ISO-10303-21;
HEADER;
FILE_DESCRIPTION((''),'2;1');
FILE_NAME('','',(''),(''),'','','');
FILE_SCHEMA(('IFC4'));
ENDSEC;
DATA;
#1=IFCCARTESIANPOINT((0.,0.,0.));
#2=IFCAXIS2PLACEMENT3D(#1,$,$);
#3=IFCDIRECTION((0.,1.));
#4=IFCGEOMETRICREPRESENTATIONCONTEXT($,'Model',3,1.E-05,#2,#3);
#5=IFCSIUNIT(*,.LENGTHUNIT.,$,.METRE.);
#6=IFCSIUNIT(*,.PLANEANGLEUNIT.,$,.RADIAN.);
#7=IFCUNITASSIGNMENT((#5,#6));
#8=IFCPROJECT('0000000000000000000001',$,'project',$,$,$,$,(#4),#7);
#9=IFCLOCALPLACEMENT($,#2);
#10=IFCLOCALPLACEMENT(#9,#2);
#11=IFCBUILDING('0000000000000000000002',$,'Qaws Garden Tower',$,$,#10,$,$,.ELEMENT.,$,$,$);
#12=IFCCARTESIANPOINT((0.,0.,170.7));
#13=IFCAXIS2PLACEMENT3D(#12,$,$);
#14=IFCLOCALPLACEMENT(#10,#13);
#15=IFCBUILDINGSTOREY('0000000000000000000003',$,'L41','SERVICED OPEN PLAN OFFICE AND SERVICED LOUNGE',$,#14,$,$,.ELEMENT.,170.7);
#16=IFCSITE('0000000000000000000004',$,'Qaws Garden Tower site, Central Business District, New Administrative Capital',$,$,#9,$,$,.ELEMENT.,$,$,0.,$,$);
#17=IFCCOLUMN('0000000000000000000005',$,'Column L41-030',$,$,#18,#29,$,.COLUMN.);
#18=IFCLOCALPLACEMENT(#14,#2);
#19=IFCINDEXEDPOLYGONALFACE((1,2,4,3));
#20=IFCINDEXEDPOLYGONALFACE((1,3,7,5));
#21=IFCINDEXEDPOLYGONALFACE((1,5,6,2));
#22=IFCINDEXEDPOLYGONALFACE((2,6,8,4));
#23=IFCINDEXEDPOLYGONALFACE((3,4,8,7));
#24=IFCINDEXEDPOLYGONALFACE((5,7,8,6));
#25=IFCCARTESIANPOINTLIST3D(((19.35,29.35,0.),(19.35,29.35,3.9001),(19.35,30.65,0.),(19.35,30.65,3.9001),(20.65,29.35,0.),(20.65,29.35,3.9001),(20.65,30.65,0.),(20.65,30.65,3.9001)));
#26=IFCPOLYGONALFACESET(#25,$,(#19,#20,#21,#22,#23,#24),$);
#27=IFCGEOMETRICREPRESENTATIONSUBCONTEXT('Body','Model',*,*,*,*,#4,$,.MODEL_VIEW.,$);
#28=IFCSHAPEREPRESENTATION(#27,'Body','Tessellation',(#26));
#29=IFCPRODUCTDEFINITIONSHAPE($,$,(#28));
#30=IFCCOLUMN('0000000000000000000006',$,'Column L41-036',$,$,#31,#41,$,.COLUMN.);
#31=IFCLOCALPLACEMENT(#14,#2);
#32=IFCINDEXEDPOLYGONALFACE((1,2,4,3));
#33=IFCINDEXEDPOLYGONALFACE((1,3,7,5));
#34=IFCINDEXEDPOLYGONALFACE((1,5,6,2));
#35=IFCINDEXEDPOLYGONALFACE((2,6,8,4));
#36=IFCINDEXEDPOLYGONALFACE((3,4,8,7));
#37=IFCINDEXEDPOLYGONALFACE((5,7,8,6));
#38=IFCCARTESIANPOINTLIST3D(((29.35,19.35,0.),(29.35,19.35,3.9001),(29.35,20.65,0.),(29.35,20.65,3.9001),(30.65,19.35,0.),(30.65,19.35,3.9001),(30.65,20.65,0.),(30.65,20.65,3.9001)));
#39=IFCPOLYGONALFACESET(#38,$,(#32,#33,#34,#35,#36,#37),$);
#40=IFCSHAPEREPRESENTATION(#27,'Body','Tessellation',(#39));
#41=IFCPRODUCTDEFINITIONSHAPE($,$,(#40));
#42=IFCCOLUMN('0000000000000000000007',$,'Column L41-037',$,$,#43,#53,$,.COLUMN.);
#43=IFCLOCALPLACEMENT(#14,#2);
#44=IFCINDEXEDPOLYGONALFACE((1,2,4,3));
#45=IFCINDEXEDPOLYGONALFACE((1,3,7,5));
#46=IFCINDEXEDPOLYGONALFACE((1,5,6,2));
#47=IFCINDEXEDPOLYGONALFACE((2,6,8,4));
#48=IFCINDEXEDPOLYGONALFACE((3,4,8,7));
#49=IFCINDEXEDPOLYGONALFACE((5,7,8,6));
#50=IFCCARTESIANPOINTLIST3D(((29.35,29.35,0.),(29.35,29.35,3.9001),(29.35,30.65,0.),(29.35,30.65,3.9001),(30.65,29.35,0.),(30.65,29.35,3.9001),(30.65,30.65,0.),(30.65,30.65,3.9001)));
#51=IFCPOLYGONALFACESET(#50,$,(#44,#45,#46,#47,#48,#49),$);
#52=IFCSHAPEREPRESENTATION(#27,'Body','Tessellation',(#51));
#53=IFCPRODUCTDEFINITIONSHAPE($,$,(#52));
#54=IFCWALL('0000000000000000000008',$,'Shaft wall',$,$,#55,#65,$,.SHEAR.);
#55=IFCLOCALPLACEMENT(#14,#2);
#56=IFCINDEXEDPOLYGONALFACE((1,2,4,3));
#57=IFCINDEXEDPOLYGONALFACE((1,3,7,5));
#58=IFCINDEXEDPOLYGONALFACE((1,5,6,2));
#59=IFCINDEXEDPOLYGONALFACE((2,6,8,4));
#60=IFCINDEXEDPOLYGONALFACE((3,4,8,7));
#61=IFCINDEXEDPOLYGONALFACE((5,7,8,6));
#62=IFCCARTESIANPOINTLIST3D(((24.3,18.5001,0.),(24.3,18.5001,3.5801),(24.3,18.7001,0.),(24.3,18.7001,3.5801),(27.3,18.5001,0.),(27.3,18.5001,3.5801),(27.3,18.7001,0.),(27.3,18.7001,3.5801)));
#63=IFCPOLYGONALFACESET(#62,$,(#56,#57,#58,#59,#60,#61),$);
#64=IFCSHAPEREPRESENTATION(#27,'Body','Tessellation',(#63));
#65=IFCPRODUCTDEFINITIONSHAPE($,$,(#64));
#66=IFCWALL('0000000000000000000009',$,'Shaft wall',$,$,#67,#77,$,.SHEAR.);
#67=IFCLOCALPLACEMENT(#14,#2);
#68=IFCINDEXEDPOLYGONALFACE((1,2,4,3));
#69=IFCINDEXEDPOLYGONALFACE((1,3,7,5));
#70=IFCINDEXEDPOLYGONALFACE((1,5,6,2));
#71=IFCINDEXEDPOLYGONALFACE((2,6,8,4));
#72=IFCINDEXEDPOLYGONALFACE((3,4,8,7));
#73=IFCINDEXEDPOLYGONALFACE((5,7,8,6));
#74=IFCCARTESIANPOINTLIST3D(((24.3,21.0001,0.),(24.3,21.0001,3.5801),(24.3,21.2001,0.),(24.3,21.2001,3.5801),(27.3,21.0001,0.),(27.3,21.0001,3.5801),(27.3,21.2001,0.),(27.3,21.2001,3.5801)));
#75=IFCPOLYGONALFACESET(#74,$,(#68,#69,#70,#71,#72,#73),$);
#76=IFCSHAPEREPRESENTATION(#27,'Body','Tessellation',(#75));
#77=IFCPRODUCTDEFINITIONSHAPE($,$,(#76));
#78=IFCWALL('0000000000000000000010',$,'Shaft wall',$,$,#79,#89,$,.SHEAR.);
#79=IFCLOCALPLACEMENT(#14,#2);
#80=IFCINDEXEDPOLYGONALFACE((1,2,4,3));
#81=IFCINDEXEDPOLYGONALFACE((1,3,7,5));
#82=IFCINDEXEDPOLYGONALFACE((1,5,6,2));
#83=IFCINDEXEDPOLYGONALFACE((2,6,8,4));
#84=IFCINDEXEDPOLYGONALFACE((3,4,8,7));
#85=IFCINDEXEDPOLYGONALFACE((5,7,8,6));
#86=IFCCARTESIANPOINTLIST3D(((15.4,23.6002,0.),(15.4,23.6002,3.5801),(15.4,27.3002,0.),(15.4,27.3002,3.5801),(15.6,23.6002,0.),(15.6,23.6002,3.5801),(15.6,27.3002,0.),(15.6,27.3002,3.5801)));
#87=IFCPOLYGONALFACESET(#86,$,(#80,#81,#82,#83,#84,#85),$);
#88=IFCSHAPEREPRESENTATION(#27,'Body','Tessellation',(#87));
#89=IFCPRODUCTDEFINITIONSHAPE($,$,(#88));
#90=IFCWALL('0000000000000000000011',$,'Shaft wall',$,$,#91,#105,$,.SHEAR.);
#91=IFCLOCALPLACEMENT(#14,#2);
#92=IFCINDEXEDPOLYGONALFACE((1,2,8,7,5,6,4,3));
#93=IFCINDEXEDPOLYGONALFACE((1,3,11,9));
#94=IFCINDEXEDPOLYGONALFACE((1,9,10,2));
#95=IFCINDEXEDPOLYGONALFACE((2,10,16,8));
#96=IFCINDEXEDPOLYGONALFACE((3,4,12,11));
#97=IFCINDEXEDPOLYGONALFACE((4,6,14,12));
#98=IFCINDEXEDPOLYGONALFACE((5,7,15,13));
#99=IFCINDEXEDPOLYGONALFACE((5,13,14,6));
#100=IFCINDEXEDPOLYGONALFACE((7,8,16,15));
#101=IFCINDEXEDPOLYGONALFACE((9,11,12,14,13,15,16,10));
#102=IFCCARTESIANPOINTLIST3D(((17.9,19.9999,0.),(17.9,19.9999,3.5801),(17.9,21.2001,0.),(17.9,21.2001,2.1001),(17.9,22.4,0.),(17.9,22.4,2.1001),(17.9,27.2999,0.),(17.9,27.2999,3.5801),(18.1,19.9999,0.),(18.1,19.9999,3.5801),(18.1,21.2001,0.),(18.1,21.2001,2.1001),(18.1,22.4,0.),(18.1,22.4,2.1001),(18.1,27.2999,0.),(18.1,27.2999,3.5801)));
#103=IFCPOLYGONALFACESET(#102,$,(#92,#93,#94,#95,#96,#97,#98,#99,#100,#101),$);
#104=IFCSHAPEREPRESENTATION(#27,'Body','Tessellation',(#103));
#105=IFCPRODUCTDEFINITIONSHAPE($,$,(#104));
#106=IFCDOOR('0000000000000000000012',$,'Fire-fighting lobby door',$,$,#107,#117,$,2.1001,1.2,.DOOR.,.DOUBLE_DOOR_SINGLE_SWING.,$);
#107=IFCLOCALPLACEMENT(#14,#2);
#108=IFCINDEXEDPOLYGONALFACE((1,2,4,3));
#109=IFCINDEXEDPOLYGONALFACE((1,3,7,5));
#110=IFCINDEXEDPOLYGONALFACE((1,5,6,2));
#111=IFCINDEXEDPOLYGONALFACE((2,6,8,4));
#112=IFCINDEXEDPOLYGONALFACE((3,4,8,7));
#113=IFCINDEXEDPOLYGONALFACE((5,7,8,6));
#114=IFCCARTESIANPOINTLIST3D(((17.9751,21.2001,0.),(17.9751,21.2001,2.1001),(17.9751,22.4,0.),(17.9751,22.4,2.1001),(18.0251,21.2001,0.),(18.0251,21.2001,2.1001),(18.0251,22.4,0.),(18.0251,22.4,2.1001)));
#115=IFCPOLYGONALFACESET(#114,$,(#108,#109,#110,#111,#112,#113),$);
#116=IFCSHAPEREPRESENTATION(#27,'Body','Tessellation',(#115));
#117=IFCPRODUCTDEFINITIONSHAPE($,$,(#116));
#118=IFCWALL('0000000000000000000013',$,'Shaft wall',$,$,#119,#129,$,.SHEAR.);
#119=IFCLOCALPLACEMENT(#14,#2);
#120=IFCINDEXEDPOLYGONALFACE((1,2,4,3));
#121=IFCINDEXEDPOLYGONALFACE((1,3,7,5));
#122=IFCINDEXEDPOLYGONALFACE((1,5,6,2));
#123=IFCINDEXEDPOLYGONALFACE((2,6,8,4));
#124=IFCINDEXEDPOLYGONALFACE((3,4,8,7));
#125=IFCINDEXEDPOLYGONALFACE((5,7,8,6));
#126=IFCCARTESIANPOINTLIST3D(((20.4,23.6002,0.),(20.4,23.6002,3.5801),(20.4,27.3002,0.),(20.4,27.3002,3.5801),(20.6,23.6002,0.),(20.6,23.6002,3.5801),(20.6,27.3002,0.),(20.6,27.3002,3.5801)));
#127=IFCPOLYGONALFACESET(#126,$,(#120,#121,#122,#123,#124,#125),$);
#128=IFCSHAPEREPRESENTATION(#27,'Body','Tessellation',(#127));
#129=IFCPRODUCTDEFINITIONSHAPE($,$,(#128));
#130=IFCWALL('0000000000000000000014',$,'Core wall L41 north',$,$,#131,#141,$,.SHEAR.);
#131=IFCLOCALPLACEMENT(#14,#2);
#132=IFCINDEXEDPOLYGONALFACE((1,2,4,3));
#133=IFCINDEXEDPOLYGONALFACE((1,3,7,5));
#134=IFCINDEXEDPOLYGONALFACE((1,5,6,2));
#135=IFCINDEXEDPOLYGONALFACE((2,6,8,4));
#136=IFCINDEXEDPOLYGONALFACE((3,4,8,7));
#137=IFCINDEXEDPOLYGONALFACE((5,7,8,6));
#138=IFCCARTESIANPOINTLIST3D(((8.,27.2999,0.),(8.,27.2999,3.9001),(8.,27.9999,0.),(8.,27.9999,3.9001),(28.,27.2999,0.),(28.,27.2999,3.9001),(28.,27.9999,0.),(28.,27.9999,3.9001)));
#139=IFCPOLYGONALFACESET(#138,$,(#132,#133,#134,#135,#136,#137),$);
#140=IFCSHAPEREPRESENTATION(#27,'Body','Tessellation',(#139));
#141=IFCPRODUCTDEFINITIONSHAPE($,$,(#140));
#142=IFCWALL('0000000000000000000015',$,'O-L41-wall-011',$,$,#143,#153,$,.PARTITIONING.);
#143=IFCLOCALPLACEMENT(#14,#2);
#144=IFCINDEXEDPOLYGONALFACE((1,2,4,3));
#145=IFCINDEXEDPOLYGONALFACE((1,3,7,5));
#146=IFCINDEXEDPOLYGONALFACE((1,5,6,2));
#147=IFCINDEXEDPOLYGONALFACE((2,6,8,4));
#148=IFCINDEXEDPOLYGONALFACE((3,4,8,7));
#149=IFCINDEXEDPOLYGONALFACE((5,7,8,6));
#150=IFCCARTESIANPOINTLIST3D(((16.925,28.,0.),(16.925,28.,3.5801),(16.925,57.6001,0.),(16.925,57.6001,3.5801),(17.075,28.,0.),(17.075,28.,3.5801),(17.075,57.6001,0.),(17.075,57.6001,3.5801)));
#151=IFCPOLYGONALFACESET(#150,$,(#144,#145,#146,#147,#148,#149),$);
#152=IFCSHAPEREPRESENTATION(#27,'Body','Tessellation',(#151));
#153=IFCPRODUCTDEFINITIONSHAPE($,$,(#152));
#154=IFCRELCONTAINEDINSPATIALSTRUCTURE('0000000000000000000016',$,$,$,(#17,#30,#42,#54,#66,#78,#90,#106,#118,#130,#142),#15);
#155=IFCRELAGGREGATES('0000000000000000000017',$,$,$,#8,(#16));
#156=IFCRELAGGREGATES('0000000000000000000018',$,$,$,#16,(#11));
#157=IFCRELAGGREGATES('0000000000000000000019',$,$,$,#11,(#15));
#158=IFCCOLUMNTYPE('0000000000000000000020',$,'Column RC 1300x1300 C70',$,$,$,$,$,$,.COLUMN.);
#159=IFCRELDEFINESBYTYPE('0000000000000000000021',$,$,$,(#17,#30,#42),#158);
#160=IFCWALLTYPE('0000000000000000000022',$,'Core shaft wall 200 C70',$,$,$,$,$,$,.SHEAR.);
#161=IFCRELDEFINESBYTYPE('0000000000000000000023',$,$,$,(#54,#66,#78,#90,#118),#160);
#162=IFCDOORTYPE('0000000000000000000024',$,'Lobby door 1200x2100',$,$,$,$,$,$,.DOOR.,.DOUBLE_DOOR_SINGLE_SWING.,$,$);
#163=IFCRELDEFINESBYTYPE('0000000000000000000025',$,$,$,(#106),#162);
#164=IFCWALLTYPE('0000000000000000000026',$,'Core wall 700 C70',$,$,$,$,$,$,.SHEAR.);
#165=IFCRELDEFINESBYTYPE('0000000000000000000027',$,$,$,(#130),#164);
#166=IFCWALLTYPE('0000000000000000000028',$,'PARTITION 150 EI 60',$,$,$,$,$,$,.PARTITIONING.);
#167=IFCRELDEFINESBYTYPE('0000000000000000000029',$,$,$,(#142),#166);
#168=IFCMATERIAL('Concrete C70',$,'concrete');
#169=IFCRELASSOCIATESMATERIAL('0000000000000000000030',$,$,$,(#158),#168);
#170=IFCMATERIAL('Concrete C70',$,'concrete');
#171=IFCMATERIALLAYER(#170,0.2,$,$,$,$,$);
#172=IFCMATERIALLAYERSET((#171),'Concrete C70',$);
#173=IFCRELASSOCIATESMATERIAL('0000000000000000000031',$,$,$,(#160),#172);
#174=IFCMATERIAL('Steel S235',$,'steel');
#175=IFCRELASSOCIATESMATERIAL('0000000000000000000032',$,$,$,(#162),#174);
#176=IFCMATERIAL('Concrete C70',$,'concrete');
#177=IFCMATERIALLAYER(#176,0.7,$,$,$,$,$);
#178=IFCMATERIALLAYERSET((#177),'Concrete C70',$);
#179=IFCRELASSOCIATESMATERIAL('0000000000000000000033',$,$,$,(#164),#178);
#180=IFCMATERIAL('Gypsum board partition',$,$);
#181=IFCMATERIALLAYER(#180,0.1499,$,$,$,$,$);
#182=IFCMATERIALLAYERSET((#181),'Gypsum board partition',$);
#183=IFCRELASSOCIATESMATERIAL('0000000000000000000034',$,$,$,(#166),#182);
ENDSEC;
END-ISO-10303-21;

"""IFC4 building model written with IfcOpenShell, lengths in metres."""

from ifc_helpers import new_model, si_unit, direction, frame, frame_2d, origin, origin_2d, place, context, subcontext, project, spatial, rectangle, extrude, material, layer, layer_set, material_profile, profile_set, type_object, element, fill, save


model = new_model("IFC4")

# Units and contexts
model_context = context("Model", 3, precision=1e-05, world=origin(), true_north=direction((0.0, 1.0)))
body_context = subcontext(model_context, "Body", "Model", "MODEL_VIEW")
ifc_project = project(units=[si_unit("LENGTHUNIT", "METRE"), si_unit("PLANEANGLEUNIT", "RADIAN")], contexts=[model_context])

# Site, building, storey
site_placement = place(None, origin())
site = spatial("IfcSite", under=ifc_project, at=site_placement, Name="Qaws Garden Tower site, Central Business District, New Administrative Capital", CompositionType="ELEMENT", RefElevation=0.0)
building_placement = place(site_placement, origin())
building = spatial("IfcBuilding", under=site, at=building_placement, Name="Qaws Garden Tower", CompositionType="ELEMENT")
storey_placement = place(building_placement, frame((0.0, 0.0, 170.7)))
storey = spatial("IfcBuildingStorey", under=building, at=storey_placement, Name="L41", Description="SERVICED OPEN PLAN OFFICE AND SERVICED LOUNGE", CompositionType="ELEMENT", Elevation=170.7)

# Columns
ifc_material_1 = material(Name="Concrete C70", Category="concrete")
ifc_material_profile = material_profile(ifc_material_1, rectangle(XDim=1.3, YDim=1.3, at=origin_2d()), Name="RC 1300x1300")
ifc_profile_set = profile_set([ifc_material_profile], Name="Concrete C70")
column_type = type_object("IfcColumnType", Name="Column RC 1300x1300 C70", PredefinedType="COLUMN", material=ifc_profile_set)
for number, where, z_axis, x_axis, name in (
    (1, (20.0, 30.0, 0.0), (0.0, 0.0, 1.0), (1.0, 0.0, 0.0), "Column L41-030"),
    (2, (30.0, 20.0, 0.0), (0.0, 0.0, 1.0), (1.0, 0.0, 0.0), "Column L41-036"),
    (3, (30.0, 30.0, 0.0), (0.0, 0.0, 1.0), (1.0, 0.0, 0.0), "Column L41-037"),
):
    element("IfcColumn", number, at=place(storey_placement, frame(where, z_axis=z_axis, x_axis=x_axis)), inside=storey, type_object=column_type, Name=name, PredefinedType="COLUMN", context=body_context, shape_type="SweptSolid", body=[
        extrude(rectangle(XDim=1.3, YDim=1.3, at=origin_2d()), origin(), (0.0, 0.0, 1.0), 3.9001),
    ])

# Walls
ifc_material_2 = material(Name="Concrete C70", Category="concrete")
ifc_layer_1 = layer(ifc_material_2, 0.2)
ifc_layer_set_1 = layer_set([ifc_layer_1], Name="Concrete C70")
wall_type_1 = type_object("IfcWallType", Name="Core shaft wall 200 C70", PredefinedType="SHEAR", material=ifc_layer_set_1)
for number, where, z_axis, x_axis, name in (
    (4, (24.3, 18.6001, 0.0), (0.0, 0.0, 1.0), (1.0, 0.0, 0.0), "Shaft wall"),
    (5, (24.3, 21.1001, 0.0), (0.0, 0.0, 1.0), (1.0, 0.0, 0.0), "Shaft wall"),
):
    element("IfcWall", number, at=place(storey_placement, frame(where, z_axis=z_axis, x_axis=x_axis)), inside=storey, type_object=wall_type_1, Name=name, PredefinedType="SHEAR", context=body_context, shape_type="SweptSolid", body=[
        extrude(rectangle(XDim=3.0, YDim=0.2, at=frame_2d((1.5, 0.0))), origin(), (0.0, 0.0, 1.0), 3.5801),
    ])
wall_1_placement = place(storey_placement, frame((15.5, 23.6001, 0.0), z_axis=(0.0, 0.0, 1.0), x_axis=(0.0, 1.0, 0.0)))
element("IfcWall", 6, at=wall_1_placement, inside=storey, type_object=wall_type_1, Name="Shaft wall", PredefinedType="SHEAR", context=body_context, shape_type="SweptSolid", body=[
    extrude(rectangle(XDim=3.7, YDim=0.2, at=frame_2d((1.8501, 0.0))), origin(), (0.0, 0.0, 1.0), 3.5801),
])

# Wall, opening, door
wall_2_placement = place(storey_placement, frame((18.0, 20.0, 0.0), z_axis=(0.0, 0.0, 1.0), x_axis=(0.0, 1.0, 0.0)))
wall_2 = element("IfcWall", 7, at=wall_2_placement, inside=storey, type_object=wall_type_1, Name="Shaft wall", PredefinedType="SHEAR", context=body_context, shape_type="SweptSolid", body=[
    extrude(rectangle(XDim=7.3, YDim=0.2, at=frame_2d((3.6499, 0.0))), origin(), (0.0, 0.0, 1.0), 3.5801),
])
opening_1_placement = place(wall_2_placement, frame((1.2, 0.0, 0.0)))
opening_1 = element("IfcOpeningElement", 8, at=opening_1_placement, cuts=wall_2, PredefinedType="OPENING", context=body_context, shape_type="SweptSolid", body=[
    extrude(rectangle(XDim=1.2, YDim=2.1001, at=frame_2d((0.6001, 1.05))), frame((0.0, 0.1099, 0.0), z_axis=(0.0, -1.0, 0.0), x_axis=(1.0, 0.0, 0.0)), (0.0, 0.0, 1.0), 0.22),
])
ifc_material_3 = material(Name="Steel S235", Category="steel")
door_type_1 = type_object("IfcDoorType", Name="Lobby door 1200x2100", OperationType="DOUBLE_DOOR_SINGLE_SWING", PredefinedType="DOOR", material=ifc_material_3)
door_1_placement = place(opening_1_placement, origin())
door_1 = element("IfcDoor", 9, at=door_1_placement, inside=storey, type_object=door_type_1, Name="Fire-fighting lobby door", OperationType="DOUBLE_DOOR_SINGLE_SWING", OverallHeight=2.1001, OverallWidth=1.2, PredefinedType="DOOR", context=body_context, shape_type="SweptSolid", body=[
    extrude(rectangle(XDim=1.2, YDim=2.1001, at=frame_2d((0.6001, 1.05))), frame((0.0, 0.0249, 0.0), z_axis=(0.0, -1.0, 0.0), x_axis=(1.0, 0.0, 0.0)), (0.0, 0.0, 1.0), 0.05),
])
fill(opening_1, door_1)

# Walls
wall_3_placement = place(storey_placement, frame((20.5, 23.6001, 0.0), z_axis=(0.0, 0.0, 1.0), x_axis=(0.0, 1.0, 0.0)))
element("IfcWall", 10, at=wall_3_placement, inside=storey, type_object=wall_type_1, Name="Shaft wall", PredefinedType="SHEAR", context=body_context, shape_type="SweptSolid", body=[
    extrude(rectangle(XDim=3.7, YDim=0.2, at=frame_2d((1.8501, 0.0))), origin(), (0.0, 0.0, 1.0), 3.5801),
])
ifc_material_4 = material(Name="Concrete C70", Category="concrete")
ifc_layer_2 = layer(ifc_material_4, 0.7)
ifc_layer_set_2 = layer_set([ifc_layer_2], Name="Concrete C70")
wall_type_2 = type_object("IfcWallType", Name="Core wall 700 C70", PredefinedType="SHEAR", material=ifc_layer_set_2)
wall_4_placement = place(storey_placement, frame((28.0, 27.6499, 0.0), z_axis=(0.0, 0.0, 1.0), x_axis=(-1.0, 0.0, 0.0)))
element("IfcWall", 11, at=wall_4_placement, inside=storey, type_object=wall_type_2, Name="Core wall L41 north", PredefinedType="SHEAR", context=body_context, shape_type="SweptSolid", body=[
    extrude(rectangle(XDim=20.0, YDim=0.7, at=frame_2d((10.0, 0.0))), origin(), (0.0, 0.0, 1.0), 3.9001),
])
ifc_material_5 = material(Name="Gypsum board partition")
ifc_layer_3 = layer(ifc_material_5, 0.1499)
ifc_layer_set_3 = layer_set([ifc_layer_3], Name="Gypsum board partition")
wall_type_3 = type_object("IfcWallType", Name="PARTITION 150 EI 60", PredefinedType="PARTITIONING", material=ifc_layer_set_3)
wall_5_placement = place(storey_placement, frame((17.0, 28.0, 0.0), z_axis=(0.0, 0.0, 1.0), x_axis=(0.0, 1.0, 0.0)))
element("IfcWall", 12, at=wall_5_placement, inside=storey, type_object=wall_type_3, Name="O-L41-wall-011", PredefinedType="PARTITIONING", context=body_context, shape_type="SweptSolid", body=[
    extrude(rectangle(XDim=29.6001, YDim=0.1499, at=frame_2d((14.8, 0.0))), origin(), (0.0, 0.0, 1.0), 3.5801),
])

save(model, "model.ifc")
